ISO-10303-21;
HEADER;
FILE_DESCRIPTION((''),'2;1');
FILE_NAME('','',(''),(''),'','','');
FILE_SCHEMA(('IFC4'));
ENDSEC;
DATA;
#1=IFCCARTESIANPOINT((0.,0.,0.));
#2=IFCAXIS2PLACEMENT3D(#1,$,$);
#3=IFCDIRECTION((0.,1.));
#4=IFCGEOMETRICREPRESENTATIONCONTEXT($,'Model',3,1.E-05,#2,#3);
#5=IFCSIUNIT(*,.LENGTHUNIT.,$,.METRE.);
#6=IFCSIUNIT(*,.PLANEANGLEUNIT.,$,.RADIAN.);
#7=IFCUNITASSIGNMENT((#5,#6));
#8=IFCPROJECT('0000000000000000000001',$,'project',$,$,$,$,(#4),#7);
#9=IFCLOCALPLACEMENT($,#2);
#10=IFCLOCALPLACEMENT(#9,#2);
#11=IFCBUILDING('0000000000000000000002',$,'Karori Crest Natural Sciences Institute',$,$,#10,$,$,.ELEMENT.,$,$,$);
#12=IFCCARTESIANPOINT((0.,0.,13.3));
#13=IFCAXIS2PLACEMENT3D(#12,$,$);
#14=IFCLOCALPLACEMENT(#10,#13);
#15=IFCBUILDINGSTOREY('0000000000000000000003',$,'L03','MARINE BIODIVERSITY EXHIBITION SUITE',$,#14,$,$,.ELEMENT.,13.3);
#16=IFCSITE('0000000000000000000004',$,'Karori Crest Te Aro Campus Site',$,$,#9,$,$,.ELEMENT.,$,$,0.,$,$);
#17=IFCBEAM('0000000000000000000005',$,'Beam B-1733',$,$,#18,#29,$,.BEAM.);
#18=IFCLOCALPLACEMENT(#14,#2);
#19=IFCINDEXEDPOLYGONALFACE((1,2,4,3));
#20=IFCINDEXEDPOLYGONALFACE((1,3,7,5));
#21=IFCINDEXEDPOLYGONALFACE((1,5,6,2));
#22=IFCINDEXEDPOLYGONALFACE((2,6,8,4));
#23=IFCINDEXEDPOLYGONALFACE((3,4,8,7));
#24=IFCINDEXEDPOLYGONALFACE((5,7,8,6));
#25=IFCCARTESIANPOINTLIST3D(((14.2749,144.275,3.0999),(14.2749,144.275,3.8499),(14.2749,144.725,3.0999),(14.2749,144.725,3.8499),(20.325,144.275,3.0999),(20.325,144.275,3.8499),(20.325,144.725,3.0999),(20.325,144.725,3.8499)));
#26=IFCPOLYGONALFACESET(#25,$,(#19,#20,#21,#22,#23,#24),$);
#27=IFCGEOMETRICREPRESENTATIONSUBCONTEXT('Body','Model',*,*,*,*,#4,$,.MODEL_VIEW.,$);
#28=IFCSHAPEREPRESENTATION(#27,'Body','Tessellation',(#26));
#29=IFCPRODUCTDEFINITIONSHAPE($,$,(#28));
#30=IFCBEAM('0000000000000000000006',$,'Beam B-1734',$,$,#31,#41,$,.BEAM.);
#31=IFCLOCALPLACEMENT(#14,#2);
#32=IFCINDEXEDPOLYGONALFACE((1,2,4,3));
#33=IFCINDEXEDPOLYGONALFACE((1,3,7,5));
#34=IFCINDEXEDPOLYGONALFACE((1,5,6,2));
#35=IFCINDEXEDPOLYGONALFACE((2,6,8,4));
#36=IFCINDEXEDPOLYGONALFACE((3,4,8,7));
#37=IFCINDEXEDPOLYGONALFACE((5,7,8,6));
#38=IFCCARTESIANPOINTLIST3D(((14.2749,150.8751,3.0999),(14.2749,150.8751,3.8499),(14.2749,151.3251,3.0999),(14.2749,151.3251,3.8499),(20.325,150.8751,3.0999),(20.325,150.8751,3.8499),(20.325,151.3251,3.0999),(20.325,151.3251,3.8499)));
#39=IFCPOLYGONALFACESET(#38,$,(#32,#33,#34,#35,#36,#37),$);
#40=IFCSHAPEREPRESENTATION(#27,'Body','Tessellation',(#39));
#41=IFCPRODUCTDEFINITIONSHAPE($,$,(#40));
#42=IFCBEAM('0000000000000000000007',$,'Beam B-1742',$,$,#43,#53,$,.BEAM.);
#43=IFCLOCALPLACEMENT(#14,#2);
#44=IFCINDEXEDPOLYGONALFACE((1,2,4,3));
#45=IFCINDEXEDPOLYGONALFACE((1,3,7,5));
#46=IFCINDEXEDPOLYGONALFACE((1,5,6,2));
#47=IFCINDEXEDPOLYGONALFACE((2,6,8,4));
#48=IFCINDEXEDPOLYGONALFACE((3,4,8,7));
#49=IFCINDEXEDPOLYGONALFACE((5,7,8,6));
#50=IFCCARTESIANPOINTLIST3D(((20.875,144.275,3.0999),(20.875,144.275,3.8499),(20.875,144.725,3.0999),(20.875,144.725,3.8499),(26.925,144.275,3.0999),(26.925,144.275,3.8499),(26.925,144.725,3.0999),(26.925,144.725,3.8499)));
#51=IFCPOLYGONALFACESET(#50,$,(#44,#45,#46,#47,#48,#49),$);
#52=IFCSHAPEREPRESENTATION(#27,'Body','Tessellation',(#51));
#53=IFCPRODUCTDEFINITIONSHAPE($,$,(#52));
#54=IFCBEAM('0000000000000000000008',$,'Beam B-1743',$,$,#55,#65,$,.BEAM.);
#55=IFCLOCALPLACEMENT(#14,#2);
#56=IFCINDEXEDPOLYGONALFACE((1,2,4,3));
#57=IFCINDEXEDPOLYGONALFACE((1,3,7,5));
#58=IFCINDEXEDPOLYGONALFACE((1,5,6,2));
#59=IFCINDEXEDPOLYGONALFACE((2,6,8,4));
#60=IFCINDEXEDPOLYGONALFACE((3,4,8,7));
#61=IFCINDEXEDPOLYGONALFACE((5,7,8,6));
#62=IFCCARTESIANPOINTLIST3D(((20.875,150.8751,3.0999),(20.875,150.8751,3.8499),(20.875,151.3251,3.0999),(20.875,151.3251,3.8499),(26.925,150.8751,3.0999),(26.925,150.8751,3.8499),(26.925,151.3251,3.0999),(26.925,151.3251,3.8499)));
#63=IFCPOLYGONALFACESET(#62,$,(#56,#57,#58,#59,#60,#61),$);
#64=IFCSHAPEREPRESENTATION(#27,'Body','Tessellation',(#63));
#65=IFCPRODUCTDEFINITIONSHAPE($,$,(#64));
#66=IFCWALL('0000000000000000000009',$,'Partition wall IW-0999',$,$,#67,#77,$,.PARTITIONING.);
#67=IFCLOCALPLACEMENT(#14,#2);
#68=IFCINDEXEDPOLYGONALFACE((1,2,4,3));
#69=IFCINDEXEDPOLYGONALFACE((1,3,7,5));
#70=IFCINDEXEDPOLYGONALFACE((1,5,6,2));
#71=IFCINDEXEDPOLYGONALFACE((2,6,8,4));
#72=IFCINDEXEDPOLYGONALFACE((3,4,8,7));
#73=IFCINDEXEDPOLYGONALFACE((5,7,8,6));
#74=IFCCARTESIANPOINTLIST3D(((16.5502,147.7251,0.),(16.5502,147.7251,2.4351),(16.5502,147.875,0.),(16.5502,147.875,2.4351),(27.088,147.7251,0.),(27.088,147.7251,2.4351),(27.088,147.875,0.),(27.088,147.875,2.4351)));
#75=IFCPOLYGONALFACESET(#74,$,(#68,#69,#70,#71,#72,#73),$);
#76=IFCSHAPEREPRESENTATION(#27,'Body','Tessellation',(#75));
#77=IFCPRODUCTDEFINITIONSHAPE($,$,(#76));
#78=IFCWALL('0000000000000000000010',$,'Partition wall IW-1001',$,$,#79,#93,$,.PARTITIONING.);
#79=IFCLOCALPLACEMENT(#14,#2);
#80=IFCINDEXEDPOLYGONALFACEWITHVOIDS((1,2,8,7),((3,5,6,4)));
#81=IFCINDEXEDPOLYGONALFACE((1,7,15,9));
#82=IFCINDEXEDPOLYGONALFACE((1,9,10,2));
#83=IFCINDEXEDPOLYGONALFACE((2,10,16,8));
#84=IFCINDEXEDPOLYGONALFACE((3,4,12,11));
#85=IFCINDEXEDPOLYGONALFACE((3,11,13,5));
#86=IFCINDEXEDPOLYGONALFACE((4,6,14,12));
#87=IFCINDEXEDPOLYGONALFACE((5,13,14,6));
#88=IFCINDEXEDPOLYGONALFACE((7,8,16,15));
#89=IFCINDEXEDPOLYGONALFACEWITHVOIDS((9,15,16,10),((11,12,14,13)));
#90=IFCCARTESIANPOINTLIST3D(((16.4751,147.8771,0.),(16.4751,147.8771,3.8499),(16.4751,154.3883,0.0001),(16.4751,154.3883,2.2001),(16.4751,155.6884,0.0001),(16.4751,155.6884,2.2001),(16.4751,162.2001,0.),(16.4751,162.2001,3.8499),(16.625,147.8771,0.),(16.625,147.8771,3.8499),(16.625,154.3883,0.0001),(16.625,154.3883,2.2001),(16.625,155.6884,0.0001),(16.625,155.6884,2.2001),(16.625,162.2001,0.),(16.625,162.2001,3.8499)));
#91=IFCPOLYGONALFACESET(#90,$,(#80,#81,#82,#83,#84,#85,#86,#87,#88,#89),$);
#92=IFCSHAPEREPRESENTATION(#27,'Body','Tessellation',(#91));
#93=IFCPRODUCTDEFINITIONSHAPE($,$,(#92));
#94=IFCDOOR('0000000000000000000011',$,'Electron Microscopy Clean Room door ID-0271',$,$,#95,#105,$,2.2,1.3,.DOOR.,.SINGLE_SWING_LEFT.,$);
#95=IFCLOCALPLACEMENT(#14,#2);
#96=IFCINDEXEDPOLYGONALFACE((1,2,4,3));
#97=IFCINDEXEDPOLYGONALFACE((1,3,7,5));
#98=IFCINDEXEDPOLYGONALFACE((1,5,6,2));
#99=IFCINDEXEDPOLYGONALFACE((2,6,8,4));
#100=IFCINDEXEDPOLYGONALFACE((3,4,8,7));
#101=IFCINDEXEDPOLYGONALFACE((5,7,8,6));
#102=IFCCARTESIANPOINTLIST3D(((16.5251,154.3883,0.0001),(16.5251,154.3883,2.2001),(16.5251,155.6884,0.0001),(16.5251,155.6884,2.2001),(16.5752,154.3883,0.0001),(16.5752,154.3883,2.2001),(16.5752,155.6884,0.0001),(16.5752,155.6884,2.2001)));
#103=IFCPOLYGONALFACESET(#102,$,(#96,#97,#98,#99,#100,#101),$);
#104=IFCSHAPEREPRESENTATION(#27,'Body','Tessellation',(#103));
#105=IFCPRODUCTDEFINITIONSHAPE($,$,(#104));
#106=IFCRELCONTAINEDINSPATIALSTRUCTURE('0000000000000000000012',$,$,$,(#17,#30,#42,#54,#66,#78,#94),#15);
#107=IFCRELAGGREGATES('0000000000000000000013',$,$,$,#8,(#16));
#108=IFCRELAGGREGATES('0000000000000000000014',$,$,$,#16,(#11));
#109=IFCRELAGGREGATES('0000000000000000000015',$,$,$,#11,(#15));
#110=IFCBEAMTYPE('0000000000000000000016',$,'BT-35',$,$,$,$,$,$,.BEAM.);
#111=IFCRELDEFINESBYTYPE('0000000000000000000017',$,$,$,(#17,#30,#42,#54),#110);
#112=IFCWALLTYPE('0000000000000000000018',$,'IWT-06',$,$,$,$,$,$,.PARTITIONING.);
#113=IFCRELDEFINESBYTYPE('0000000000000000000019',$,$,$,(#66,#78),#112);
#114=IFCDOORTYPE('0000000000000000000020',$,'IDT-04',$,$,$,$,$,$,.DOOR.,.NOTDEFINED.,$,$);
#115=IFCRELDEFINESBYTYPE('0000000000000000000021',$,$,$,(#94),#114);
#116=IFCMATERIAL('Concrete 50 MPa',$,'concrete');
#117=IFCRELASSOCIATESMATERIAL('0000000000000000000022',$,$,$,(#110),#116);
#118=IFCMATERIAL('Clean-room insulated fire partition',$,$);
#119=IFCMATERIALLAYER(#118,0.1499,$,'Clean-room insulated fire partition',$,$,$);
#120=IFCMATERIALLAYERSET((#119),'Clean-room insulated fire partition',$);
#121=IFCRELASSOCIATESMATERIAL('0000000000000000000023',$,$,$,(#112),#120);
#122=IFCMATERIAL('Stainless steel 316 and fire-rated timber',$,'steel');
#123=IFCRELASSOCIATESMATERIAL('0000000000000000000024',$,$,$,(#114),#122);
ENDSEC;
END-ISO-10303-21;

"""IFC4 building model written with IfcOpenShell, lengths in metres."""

from ifc_helpers import new_model, si_unit, direction, frame, frame_2d, origin, origin_2d, place, context, subcontext, project, spatial, rectangle, extrude, material, layer, layer_set, material_profile, profile_set, type_object, element, fill, save


model = new_model("IFC4")

# Units and contexts
model_context = context("Model", 3, precision=1e-05, world=origin(), true_north=direction((0.0, 1.0)))
body_context = subcontext(model_context, "Body", "Model", "MODEL_VIEW")
ifc_project = project(units=[si_unit("LENGTHUNIT", "METRE"), si_unit("PLANEANGLEUNIT", "RADIAN")], contexts=[model_context])

# Site, building, storey
site_placement = place(None, origin())
site = spatial("IfcSite", under=ifc_project, at=site_placement, Name="Karori Crest Te Aro Campus Site", CompositionType="ELEMENT", RefElevation=0.0)
building_placement = place(site_placement, origin())
building = spatial("IfcBuilding", under=site, at=building_placement, Name="Karori Crest Natural Sciences Institute", CompositionType="ELEMENT")
storey_placement = place(building_placement, frame((0.0, 0.0, 13.3)))
storey = spatial("IfcBuildingStorey", under=building, at=storey_placement, Name="L03", Description="MARINE BIODIVERSITY EXHIBITION SUITE", CompositionType="ELEMENT", Elevation=13.3)

# Shared definitions
ifc_material_1 = material(Name="Concrete 50 MPa", Category="concrete")

# Beams
ifc_material_profile_1 = material_profile(ifc_material_1, rectangle(XDim=0.45, YDim=0.75, at=origin_2d()), Name="RCB450x750")
ifc_profile_set_1 = profile_set([ifc_material_profile_1], Name="Concrete 50 MPa")
beam_type_1 = type_object("IfcBeamType", Name="BT-35", PredefinedType="BEAM", material=ifc_profile_set_1)
for number, where, z_axis, x_axis, name in (
    (1, (14.2749, 144.5, 3.4749), (1.0, 0.0, 0.0), (0.0, 1.0, 0.0), "Beam B-1733"),
    (2, (14.2749, 151.1001, 3.4749), (1.0, 0.0, 0.0), (0.0, 1.0, 0.0), "Beam B-1734"),
    (3, (20.875, 144.5, 3.4749), (1.0, 0.0, 0.0), (0.0, 1.0, 0.0), "Beam B-1742"),
    (4, (20.875, 151.1001, 3.4749), (1.0, 0.0, 0.0), (0.0, 1.0, 0.0), "Beam B-1743"),
):
    element("IfcBeam", number, at=place(storey_placement, frame(where, z_axis=z_axis, x_axis=x_axis)), inside=storey, type_object=beam_type_1, Name=name, PredefinedType="BEAM", context=body_context, shape_type="SweptSolid", body=[
        extrude(rectangle(XDim=0.45, YDim=0.75, at=origin_2d()), origin(), (0.0, 0.0, 1.0), 6.05),
    ])

# Wall
ifc_material_2 = material(Name="Clean-room insulated fire partition")
ifc_layer = layer(ifc_material_2, 0.1499, Name="Clean-room insulated fire partition")
ifc_layer_set = layer_set([ifc_layer], Name="Clean-room insulated fire partition")
wall_type = type_object("IfcWallType", Name="IWT-06", PredefinedType="PARTITIONING", material=ifc_layer_set)
wall_1_placement = place(storey_placement, frame((16.55, 147.8, 0.0), z_axis=(0.0, 0.0, 1.0), x_axis=(1.0, 0.0, 0.0)))
element("IfcWall", 5, at=wall_1_placement, inside=storey, type_object=wall_type, Name="Partition wall IW-0999", PredefinedType="PARTITIONING", context=body_context, shape_type="SweptSolid", body=[
    extrude(rectangle(XDim=10.5378, YDim=0.1499, at=frame_2d((5.269, 0.0))), origin(), (0.0, 0.0, 1.0), 2.4351),
])

# Wall, opening, door
wall_2_placement = place(storey_placement, frame((16.55, 147.877, 0.0), z_axis=(0.0, 0.0, 1.0), x_axis=(0.0, 1.0, 0.0)))
wall_2 = element("IfcWall", 6, at=wall_2_placement, inside=storey, type_object=wall_type, Name="Partition wall IW-1001", PredefinedType="PARTITIONING", context=body_context, shape_type="SweptSolid", body=[
    extrude(rectangle(XDim=14.323, YDim=0.1499, at=frame_2d((7.1616, 0.0))), origin(), (0.0, 0.0, 1.0), 3.8499),
])
opening_placement = place(wall_2_placement, frame((6.5115, 0.0, 0.0)))
opening = element("IfcOpeningElement", 7, at=opening_placement, cuts=wall_2, PredefinedType="OPENING", context=body_context, shape_type="SweptSolid", body=[
    extrude(rectangle(XDim=1.3, YDim=2.2, at=frame_2d((0.6499, 1.1001))), frame((0.0, 0.085, 0.0), z_axis=(0.0, -1.0, 0.0), x_axis=(1.0, 0.0, 0.0)), (0.0, 0.0, 1.0), 0.1699),
])
ifc_material_3 = material(Name="Stainless steel 316 and fire-rated timber", Category="steel")
door_type = type_object("IfcDoorType", Name="IDT-04", OperationType="NOTDEFINED", PredefinedType="DOOR", material=ifc_material_3)
door_placement = place(opening_placement, origin())
door = element("IfcDoor", 8, at=door_placement, inside=storey, type_object=door_type, Name="Electron Microscopy Clean Room door ID-0271", OperationType="SINGLE_SWING_LEFT", OverallHeight=2.2, OverallWidth=1.3, PredefinedType="DOOR", context=body_context, shape_type="SweptSolid", body=[
    extrude(rectangle(XDim=1.3, YDim=2.2, at=frame_2d((0.6499, 1.1001))), frame((0.0, 0.0249, 0.0), z_axis=(0.0, -1.0, 0.0), x_axis=(1.0, 0.0, 0.0)), (0.0, 0.0, 1.0), 0.05),
])
fill(opening, door)

save(model, "model.ifc")
